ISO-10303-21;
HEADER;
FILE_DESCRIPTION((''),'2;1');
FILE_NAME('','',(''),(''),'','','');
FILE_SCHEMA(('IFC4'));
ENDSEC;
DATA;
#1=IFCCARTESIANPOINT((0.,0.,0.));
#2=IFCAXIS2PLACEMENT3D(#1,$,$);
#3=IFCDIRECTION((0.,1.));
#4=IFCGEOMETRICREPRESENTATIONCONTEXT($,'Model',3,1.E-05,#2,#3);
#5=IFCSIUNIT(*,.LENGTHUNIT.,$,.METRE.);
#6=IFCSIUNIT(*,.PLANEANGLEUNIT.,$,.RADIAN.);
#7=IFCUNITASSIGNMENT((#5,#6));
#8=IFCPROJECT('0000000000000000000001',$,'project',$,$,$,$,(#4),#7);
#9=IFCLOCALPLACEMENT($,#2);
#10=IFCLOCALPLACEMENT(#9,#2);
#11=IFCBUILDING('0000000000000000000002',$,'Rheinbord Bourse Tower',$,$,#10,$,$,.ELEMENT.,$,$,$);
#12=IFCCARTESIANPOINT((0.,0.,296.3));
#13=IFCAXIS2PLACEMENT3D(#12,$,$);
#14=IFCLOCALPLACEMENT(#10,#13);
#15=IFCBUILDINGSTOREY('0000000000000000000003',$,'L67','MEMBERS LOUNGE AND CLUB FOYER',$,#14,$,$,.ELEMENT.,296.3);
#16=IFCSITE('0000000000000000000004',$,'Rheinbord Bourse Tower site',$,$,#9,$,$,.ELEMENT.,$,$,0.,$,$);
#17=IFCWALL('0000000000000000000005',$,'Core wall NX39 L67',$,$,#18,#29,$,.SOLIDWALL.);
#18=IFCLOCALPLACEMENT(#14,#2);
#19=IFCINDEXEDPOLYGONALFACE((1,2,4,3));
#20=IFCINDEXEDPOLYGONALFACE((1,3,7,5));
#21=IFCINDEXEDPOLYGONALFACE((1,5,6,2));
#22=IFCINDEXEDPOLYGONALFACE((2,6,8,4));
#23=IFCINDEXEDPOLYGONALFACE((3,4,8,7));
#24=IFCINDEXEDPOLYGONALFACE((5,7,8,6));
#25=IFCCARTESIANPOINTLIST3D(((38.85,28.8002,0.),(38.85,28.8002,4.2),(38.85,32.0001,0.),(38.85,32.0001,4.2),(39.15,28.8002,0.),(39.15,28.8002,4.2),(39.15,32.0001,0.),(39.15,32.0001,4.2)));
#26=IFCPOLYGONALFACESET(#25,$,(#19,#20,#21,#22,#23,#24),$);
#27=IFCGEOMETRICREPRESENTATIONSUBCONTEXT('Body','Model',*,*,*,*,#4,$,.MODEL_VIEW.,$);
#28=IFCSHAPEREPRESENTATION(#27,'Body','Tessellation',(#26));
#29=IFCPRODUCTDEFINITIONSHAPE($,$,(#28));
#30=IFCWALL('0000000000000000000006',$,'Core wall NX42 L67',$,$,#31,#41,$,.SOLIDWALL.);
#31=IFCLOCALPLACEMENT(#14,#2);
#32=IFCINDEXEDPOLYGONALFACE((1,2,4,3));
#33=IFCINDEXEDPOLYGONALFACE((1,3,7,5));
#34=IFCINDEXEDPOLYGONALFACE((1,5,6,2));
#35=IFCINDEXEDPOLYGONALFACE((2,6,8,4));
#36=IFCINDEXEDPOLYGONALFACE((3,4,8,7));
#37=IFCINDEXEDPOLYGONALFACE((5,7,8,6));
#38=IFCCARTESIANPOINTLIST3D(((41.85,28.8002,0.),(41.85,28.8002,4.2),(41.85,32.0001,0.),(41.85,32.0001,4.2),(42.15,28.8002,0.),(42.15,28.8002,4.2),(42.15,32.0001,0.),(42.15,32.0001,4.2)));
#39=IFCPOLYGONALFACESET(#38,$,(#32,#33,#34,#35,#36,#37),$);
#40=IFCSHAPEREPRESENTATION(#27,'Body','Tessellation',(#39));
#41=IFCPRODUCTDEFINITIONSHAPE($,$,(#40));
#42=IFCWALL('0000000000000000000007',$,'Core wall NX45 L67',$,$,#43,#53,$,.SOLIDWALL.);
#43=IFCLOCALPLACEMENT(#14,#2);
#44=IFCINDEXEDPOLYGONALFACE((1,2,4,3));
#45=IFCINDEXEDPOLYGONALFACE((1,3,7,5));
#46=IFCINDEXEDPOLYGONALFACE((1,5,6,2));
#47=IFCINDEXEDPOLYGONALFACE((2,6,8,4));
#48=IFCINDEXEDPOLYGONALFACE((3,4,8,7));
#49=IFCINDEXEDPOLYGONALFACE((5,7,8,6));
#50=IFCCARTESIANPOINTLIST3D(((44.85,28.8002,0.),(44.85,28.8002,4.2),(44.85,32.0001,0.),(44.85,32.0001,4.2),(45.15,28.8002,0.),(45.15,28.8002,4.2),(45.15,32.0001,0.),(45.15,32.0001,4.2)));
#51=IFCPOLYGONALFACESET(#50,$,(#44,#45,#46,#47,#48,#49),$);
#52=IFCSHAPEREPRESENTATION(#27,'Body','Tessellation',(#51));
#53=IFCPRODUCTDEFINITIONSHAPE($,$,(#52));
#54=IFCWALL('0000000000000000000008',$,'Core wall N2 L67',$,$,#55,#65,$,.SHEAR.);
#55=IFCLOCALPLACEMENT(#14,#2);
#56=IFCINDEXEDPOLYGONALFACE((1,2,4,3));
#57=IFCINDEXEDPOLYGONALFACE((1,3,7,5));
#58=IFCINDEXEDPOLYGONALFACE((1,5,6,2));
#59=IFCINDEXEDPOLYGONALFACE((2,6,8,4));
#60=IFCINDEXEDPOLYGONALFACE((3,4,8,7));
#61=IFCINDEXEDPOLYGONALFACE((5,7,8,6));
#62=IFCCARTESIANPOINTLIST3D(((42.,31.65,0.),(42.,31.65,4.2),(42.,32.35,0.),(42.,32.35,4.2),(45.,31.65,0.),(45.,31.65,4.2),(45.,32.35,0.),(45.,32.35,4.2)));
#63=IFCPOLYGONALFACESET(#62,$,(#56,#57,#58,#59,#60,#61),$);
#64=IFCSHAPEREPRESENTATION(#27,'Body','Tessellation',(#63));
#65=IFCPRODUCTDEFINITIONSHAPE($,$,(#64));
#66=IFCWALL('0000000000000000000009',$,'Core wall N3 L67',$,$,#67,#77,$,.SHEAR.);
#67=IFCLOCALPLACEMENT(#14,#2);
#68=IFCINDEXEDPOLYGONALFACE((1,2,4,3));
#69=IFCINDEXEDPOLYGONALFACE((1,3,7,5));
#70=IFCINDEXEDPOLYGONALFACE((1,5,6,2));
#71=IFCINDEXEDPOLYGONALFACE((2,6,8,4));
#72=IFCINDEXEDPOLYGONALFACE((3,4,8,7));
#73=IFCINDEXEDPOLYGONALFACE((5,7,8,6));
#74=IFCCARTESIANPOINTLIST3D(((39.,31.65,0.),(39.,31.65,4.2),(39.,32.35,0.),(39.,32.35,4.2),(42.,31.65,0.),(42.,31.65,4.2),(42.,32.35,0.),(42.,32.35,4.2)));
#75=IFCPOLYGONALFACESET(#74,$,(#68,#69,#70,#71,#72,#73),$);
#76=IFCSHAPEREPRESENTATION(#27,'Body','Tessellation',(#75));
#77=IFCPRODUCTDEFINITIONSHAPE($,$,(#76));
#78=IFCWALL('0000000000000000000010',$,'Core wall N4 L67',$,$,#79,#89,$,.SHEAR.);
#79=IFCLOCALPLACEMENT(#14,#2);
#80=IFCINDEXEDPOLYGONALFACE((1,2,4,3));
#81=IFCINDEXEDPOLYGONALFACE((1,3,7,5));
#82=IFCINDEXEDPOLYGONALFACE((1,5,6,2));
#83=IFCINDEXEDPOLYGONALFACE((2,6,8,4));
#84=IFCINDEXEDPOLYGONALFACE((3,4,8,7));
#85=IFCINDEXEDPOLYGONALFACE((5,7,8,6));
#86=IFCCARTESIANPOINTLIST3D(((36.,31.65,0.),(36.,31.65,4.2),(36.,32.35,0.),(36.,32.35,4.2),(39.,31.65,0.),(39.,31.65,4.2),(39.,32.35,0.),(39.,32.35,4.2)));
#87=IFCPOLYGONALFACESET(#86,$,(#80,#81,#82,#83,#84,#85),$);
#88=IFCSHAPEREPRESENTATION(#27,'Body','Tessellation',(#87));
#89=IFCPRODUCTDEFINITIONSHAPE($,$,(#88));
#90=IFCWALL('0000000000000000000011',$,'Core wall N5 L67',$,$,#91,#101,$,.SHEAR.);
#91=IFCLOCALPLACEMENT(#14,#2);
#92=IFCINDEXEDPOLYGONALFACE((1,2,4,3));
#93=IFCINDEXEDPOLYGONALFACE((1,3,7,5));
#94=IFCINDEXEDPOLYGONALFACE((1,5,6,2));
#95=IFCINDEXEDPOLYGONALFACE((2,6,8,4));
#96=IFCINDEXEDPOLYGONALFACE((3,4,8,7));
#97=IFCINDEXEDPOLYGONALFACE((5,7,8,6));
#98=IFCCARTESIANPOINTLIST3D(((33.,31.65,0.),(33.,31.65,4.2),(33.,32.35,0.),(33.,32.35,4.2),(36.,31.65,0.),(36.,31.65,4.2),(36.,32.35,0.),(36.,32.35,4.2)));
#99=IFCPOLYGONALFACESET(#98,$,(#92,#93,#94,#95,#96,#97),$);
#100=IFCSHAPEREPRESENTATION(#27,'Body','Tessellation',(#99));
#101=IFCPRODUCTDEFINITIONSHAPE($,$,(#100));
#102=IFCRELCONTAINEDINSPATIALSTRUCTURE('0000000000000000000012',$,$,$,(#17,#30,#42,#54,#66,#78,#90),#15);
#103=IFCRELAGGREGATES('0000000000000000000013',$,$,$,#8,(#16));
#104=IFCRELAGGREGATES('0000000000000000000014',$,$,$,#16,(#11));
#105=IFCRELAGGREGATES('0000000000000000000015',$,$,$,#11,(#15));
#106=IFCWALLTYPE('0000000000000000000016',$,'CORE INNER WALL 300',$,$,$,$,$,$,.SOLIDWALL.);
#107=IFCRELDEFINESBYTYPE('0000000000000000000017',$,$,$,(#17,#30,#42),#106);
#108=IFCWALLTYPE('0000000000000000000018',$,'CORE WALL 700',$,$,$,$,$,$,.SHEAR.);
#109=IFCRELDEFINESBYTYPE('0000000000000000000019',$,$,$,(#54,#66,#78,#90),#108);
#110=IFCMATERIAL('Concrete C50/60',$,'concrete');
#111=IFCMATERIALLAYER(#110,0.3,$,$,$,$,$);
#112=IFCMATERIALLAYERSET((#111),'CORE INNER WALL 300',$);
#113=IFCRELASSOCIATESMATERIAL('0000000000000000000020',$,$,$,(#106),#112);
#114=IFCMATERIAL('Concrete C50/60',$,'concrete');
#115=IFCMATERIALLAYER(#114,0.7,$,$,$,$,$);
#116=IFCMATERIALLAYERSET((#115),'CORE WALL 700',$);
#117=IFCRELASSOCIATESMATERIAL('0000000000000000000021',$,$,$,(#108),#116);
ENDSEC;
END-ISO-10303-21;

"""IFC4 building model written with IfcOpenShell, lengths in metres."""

from ifc_helpers import new_model, si_unit, direction, frame, frame_2d, origin, place, context, subcontext, project, spatial, rectangle, extrude, material, layer, layer_set, type_object, element, save


model = new_model("IFC4")

# Units and contexts
model_context = context("Model", 3, precision=1e-05, world=origin(), true_north=direction((0.0, 1.0)))
body_context = subcontext(model_context, "Body", "Model", "MODEL_VIEW")
ifc_project = project(units=[si_unit("LENGTHUNIT", "METRE"), si_unit("PLANEANGLEUNIT", "RADIAN")], contexts=[model_context])

# Site, building, storey
site_placement = place(None, origin())
site = spatial("IfcSite", under=ifc_project, at=site_placement, Name="Rheinbord Bourse Tower site", CompositionType="ELEMENT", RefElevation=0.0)
building_placement = place(site_placement, origin())
building = spatial("IfcBuilding", under=site, at=building_placement, Name="Rheinbord Bourse Tower", CompositionType="ELEMENT")
storey_placement = place(building_placement, frame((0.0, 0.0, 296.3)))
storey = spatial("IfcBuildingStorey", under=building, at=storey_placement, Name="L67", Description="MEMBERS LOUNGE AND CLUB FOYER", CompositionType="ELEMENT", Elevation=296.3)

# Shared definitions
ifc_material_1 = material(Name="Concrete C50/60", Category="concrete")
ifc_layer_1 = layer(ifc_material_1, 0.3)
ifc_layer_set_1 = layer_set([ifc_layer_1], Name="CORE INNER WALL 300")
wall_type_1 = type_object("IfcWallType", Name="CORE INNER WALL 300", PredefinedType="SOLIDWALL", material=ifc_layer_set_1)

# Walls
for number, where, z_axis, x_axis, name in (
    (1, (39.0, 28.8, 0.0), (0.0, 0.0, 1.0), (0.0, 1.0, 0.0), "Core wall NX39 L67"),
    (2, (42.0, 28.8, 0.0), (0.0, 0.0, 1.0), (0.0, 1.0, 0.0), "Core wall NX42 L67"),
    (3, (45.0, 28.8, 0.0), (0.0, 0.0, 1.0), (0.0, 1.0, 0.0), "Core wall NX45 L67"),
):
    element("IfcWall", number, at=place(storey_placement, frame(where, z_axis=z_axis, x_axis=x_axis)), inside=storey, type_object=wall_type_1, Name=name, PredefinedType="SOLIDWALL", context=body_context, shape_type="SweptSolid", body=[
        extrude(rectangle(XDim=3.2, YDim=0.3, at=frame_2d((1.6001, 0.0))), origin(), (0.0, 0.0, 1.0), 4.2),
    ])
ifc_material_2 = material(Name="Concrete C50/60", Category="concrete")
ifc_layer_2 = layer(ifc_material_2, 0.7)
ifc_layer_set_2 = layer_set([ifc_layer_2], Name="CORE WALL 700")
wall_type_2 = type_object("IfcWallType", Name="CORE WALL 700", PredefinedType="SHEAR", material=ifc_layer_set_2)
for number, where, z_axis, x_axis, name in (
    (4, (45.0, 32.0, 0.0), (0.0, 0.0, 1.0), (-1.0, 0.0, 0.0), "Core wall N2 L67"),
    (5, (42.0, 32.0, 0.0), (0.0, 0.0, 1.0), (-1.0, 0.0, 0.0), "Core wall N3 L67"),
    (6, (39.0, 32.0, 0.0), (0.0, 0.0, 1.0), (-1.0, 0.0, 0.0), "Core wall N4 L67"),
    (7, (36.0, 32.0, 0.0), (0.0, 0.0, 1.0), (-1.0, 0.0, 0.0), "Core wall N5 L67"),
):
    element("IfcWall", number, at=place(storey_placement, frame(where, z_axis=z_axis, x_axis=x_axis)), inside=storey, type_object=wall_type_2, Name=name, PredefinedType="SHEAR", context=body_context, shape_type="SweptSolid", body=[
        extrude(rectangle(XDim=3.0, YDim=0.7, at=frame_2d((1.5, 0.0))), origin(), (0.0, 0.0, 1.0), 4.2),
    ])

save(model, "model.ifc")
